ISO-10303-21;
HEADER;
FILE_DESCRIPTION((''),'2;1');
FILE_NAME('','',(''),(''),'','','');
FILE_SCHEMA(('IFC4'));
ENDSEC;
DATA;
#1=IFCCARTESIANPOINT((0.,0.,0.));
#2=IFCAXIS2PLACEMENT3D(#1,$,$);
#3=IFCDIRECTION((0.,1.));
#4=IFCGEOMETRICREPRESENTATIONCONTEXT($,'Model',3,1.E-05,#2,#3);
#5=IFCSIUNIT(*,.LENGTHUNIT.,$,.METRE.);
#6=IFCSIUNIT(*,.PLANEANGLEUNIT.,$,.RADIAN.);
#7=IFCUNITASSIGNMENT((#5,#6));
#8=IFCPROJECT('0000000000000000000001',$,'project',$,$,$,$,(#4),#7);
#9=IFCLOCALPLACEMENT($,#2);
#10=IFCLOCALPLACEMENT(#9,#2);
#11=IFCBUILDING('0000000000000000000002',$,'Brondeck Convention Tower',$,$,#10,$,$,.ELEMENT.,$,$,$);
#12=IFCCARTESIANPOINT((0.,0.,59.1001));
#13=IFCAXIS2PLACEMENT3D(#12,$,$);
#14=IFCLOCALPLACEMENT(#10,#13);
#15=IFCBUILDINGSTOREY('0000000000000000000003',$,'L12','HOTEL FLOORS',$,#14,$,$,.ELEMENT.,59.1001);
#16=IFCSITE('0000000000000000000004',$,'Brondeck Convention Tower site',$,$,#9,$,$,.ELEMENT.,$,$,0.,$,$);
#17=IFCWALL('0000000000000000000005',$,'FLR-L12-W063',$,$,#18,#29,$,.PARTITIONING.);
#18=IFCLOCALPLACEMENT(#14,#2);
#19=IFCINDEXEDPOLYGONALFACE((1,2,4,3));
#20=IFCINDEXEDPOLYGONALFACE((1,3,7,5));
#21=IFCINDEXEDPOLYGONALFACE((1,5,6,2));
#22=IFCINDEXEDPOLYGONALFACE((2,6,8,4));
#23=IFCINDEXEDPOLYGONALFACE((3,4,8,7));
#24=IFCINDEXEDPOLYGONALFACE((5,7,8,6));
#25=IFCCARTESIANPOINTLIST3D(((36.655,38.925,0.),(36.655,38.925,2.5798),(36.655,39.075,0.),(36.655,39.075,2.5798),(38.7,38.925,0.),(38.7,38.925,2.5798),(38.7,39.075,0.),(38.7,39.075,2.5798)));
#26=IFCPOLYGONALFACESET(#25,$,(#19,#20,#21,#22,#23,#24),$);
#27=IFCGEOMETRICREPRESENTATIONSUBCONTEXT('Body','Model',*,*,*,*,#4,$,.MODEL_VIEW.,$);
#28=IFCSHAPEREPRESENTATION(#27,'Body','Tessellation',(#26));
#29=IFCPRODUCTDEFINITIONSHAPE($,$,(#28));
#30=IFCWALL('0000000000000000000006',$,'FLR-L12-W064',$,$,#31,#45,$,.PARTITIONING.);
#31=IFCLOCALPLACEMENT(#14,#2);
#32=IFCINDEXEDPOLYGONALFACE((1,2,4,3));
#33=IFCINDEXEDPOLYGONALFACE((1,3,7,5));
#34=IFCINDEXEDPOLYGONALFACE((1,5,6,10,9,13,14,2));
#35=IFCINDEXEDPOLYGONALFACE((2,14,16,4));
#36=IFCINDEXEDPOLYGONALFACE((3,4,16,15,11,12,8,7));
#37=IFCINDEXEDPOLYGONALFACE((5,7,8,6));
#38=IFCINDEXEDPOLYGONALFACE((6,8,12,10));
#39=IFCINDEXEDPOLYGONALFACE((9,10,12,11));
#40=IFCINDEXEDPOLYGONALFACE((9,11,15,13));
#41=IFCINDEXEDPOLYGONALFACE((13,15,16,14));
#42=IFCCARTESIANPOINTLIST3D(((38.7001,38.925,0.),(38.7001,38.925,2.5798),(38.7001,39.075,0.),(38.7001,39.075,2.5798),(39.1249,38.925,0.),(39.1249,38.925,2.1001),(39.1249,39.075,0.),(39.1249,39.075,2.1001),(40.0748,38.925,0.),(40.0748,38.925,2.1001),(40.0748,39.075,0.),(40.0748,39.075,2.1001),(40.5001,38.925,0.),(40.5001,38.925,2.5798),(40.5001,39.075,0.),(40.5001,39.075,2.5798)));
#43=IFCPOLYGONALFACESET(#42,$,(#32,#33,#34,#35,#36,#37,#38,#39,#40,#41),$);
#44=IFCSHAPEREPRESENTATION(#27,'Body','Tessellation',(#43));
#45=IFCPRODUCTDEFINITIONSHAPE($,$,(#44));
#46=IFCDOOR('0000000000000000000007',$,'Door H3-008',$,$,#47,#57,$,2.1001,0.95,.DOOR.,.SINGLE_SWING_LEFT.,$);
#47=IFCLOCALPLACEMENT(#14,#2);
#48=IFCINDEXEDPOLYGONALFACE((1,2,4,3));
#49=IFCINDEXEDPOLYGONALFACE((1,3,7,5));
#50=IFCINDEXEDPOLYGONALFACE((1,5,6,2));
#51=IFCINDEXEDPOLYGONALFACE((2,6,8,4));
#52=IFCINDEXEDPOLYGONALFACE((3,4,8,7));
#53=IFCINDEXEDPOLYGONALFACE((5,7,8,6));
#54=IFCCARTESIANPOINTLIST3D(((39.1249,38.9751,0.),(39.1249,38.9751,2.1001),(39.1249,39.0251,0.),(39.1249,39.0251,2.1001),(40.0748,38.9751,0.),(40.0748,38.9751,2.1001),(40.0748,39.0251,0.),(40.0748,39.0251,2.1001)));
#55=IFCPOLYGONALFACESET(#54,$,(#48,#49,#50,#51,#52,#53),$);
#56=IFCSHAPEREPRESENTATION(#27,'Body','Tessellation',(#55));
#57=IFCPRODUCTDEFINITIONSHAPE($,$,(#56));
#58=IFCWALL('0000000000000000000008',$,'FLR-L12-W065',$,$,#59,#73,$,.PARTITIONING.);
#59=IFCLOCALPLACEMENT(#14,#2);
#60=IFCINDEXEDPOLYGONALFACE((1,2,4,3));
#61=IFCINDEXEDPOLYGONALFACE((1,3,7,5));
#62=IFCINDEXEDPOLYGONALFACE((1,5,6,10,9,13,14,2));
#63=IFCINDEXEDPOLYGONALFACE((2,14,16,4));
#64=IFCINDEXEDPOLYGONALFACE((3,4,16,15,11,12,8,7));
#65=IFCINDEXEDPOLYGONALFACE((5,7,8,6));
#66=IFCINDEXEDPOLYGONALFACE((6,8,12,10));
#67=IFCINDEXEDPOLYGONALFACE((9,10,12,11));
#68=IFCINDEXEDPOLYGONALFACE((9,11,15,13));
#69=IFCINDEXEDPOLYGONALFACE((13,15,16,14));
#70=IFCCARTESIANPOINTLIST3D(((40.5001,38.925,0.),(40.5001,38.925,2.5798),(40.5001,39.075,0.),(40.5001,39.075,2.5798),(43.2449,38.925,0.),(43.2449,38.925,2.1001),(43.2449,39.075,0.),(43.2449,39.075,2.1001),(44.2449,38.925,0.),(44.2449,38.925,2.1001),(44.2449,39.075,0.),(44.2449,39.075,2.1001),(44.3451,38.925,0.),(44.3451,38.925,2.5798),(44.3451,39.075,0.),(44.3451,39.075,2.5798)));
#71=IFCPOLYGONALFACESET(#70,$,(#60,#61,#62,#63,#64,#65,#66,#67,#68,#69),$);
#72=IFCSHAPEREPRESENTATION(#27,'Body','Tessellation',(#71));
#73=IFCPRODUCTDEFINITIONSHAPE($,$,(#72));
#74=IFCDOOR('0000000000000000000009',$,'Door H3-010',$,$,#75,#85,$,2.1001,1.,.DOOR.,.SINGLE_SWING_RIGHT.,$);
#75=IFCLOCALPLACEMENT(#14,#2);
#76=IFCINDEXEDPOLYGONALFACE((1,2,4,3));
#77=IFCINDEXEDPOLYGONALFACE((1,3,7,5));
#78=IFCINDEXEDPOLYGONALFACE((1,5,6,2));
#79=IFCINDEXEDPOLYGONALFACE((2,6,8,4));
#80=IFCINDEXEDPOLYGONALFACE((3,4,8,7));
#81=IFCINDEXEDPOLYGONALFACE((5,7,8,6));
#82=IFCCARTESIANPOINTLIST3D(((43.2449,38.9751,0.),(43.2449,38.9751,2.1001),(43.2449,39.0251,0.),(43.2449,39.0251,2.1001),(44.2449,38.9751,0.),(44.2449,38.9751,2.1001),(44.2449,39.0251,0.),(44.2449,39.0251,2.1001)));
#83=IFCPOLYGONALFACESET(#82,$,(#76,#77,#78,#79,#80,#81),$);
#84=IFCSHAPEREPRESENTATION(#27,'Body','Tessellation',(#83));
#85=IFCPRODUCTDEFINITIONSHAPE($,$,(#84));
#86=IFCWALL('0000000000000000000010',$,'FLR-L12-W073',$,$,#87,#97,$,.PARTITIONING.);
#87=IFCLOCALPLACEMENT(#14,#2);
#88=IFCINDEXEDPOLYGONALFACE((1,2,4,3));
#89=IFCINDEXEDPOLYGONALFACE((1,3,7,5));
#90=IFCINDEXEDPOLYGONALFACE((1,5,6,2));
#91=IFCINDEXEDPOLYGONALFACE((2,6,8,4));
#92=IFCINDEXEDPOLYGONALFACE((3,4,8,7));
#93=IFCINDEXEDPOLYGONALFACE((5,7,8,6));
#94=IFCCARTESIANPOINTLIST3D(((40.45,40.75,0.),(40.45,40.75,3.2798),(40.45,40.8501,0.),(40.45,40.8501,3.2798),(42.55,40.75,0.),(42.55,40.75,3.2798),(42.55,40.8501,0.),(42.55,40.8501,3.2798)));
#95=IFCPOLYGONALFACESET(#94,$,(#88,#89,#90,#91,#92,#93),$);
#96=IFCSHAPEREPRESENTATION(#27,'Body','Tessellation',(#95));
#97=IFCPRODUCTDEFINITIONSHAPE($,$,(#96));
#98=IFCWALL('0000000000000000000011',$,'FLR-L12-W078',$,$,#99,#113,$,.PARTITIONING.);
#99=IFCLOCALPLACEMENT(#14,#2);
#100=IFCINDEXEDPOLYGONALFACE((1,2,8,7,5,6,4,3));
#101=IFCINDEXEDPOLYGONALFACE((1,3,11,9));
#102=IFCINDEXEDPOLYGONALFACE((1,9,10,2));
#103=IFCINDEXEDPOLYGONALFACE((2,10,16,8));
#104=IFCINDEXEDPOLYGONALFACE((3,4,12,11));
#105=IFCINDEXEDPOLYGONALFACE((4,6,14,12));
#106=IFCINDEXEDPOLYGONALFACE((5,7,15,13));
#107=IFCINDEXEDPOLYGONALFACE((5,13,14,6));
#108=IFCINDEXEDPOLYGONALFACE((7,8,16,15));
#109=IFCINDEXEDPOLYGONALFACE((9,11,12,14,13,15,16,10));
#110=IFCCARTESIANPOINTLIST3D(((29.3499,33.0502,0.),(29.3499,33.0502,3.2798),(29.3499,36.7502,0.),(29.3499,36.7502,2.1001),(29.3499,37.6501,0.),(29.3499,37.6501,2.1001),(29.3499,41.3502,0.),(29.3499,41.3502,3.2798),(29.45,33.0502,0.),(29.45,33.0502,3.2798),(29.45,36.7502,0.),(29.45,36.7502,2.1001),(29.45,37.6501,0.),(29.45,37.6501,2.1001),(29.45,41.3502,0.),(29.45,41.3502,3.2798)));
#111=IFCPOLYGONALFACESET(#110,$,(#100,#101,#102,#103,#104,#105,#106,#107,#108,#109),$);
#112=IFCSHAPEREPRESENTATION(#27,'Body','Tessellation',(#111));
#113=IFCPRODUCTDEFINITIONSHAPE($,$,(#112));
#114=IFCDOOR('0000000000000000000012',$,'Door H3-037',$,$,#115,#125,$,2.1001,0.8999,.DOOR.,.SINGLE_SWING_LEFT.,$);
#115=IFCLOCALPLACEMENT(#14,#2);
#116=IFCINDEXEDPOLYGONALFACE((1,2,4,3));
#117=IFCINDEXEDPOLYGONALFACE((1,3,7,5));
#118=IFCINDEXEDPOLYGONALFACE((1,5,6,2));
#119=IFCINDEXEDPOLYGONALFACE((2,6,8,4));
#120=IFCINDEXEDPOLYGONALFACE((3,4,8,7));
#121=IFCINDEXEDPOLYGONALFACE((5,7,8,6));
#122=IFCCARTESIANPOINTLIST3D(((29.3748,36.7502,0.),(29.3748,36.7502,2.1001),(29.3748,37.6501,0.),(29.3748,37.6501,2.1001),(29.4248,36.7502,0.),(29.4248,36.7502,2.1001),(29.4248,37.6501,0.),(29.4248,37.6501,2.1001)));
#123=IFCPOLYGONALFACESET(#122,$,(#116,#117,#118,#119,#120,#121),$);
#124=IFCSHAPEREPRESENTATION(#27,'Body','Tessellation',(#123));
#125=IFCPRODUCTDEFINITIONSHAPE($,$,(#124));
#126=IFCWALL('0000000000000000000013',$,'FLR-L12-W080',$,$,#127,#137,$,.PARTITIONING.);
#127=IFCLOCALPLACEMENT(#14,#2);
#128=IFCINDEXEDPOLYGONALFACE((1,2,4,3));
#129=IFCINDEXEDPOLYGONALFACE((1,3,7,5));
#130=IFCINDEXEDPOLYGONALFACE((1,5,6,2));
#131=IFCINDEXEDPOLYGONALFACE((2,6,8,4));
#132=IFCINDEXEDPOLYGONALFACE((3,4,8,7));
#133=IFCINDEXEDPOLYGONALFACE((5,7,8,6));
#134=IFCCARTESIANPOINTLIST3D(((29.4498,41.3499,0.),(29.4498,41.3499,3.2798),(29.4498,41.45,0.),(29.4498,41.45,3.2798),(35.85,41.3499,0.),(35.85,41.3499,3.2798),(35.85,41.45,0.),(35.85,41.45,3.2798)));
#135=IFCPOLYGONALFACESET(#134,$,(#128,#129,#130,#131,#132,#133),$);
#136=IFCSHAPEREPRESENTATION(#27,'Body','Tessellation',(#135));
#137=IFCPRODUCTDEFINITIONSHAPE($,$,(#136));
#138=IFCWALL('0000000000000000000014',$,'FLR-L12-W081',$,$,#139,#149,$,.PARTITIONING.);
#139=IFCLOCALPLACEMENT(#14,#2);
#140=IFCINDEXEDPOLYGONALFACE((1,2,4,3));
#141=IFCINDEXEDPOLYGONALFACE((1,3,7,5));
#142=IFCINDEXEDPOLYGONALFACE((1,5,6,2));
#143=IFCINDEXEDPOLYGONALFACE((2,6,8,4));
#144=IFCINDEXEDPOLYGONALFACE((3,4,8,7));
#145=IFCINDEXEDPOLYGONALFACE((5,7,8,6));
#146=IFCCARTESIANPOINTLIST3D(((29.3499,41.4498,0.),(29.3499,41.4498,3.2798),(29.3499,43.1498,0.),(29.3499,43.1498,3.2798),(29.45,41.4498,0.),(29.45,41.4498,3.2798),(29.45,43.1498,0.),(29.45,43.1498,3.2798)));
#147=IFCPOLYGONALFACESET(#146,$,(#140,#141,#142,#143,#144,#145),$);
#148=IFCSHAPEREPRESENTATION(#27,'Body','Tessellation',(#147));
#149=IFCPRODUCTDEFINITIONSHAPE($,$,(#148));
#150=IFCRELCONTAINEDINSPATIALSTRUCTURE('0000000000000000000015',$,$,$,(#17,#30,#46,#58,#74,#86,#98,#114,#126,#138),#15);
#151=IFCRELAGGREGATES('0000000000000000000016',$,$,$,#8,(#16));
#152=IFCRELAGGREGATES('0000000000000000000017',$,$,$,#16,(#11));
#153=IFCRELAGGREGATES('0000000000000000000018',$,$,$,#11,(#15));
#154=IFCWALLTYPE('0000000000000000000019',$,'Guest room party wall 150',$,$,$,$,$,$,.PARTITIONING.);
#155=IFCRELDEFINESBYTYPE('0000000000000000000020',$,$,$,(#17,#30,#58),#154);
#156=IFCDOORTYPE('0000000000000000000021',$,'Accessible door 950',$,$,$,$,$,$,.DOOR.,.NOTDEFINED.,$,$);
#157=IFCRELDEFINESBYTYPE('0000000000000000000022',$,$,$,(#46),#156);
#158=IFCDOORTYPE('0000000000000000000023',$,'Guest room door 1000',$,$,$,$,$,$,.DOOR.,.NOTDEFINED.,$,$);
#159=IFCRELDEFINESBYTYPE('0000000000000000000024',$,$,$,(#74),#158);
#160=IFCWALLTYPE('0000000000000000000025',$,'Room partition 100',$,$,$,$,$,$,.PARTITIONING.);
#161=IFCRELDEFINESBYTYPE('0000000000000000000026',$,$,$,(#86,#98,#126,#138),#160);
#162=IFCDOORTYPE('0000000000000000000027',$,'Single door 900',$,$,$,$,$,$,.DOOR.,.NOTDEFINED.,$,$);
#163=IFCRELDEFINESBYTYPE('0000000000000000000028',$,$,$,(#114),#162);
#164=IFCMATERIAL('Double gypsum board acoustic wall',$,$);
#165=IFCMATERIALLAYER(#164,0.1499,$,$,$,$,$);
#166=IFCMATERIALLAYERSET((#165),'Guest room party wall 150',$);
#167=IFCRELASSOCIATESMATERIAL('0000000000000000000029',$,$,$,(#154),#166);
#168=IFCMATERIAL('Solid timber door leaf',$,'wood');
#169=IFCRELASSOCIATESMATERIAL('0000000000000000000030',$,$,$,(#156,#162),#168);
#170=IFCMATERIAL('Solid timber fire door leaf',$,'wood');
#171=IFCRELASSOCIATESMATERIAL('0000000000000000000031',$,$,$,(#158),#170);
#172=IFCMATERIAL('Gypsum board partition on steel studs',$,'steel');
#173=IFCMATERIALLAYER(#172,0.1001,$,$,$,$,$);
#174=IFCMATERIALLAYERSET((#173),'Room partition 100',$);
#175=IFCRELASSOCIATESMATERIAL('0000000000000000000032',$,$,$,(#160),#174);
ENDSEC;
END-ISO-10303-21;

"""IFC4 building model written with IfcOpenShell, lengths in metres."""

from ifc_helpers import new_model, si_unit, direction, frame, frame_2d, origin, place, context, subcontext, project, spatial, rectangle, extrude, material, layer, layer_set, type_object, element, fill, save


model = new_model("IFC4")

# Units and contexts
model_context = context("Model", 3, precision=1e-05, world=origin(), true_north=direction((0.0, 1.0)))
body_context = subcontext(model_context, "Body", "Model", "MODEL_VIEW")
ifc_project = project(units=[si_unit("LENGTHUNIT", "METRE"), si_unit("PLANEANGLEUNIT", "RADIAN")], contexts=[model_context])

# Site, building, storey
site_placement = place(None, origin())
site = spatial("IfcSite", under=ifc_project, at=site_placement, Name="Brondeck Convention Tower site", CompositionType="ELEMENT", RefElevation=0.0)
building_placement = place(site_placement, origin())
building = spatial("IfcBuilding", under=site, at=building_placement, Name="Brondeck Convention Tower", CompositionType="ELEMENT")
storey_placement = place(building_placement, frame((0.0, 0.0, 59.1001)))
storey = spatial("IfcBuildingStorey", under=building, at=storey_placement, Name="L12", Description="HOTEL FLOORS", CompositionType="ELEMENT", Elevation=59.1001)

# Wall
ifc_material_1 = material(Name="Double gypsum board acoustic wall")
ifc_layer_1 = layer(ifc_material_1, 0.1499)
ifc_layer_set_1 = layer_set([ifc_layer_1], Name="Guest room party wall 150")
wall_type_1 = type_object("IfcWallType", Name="Guest room party wall 150", PredefinedType="PARTITIONING", material=ifc_layer_set_1)
wall_1_placement = place(storey_placement, frame((38.7, 39.0, 0.0), z_axis=(0.0, 0.0, 1.0), x_axis=(-1.0, 0.0, 0.0)))
element("IfcWall", 1, at=wall_1_placement, inside=storey, type_object=wall_type_1, Name="FLR-L12-W063", PredefinedType="PARTITIONING", context=body_context, shape_type="SweptSolid", body=[
    extrude(rectangle(XDim=2.0449, YDim=0.1499, at=frame_2d((1.0225, 0.0))), origin(), (0.0, 0.0, 1.0), 2.5798),
])

# Walls, openings, doors
wall_2_placement = place(storey_placement, frame((40.5, 39.0, 0.0), z_axis=(0.0, 0.0, 1.0), x_axis=(-1.0, 0.0, 0.0)))
wall_2 = element("IfcWall", 2, at=wall_2_placement, inside=storey, type_object=wall_type_1, Name="FLR-L12-W064", PredefinedType="PARTITIONING", context=body_context, shape_type="SweptSolid", body=[
    extrude(rectangle(XDim=1.8, YDim=0.1499, at=frame_2d((0.8999, 0.0))), origin(), (0.0, 0.0, 1.0), 2.5798),
])
opening_1_placement = place(wall_2_placement, frame((0.425, 0.0, 0.0)))
opening_1 = element("IfcOpeningElement", 3, at=opening_1_placement, cuts=wall_2, PredefinedType="OPENING", context=body_context, shape_type="SweptSolid", body=[
    extrude(rectangle(XDim=0.95, YDim=2.1001, at=frame_2d((0.4751, 1.05))), frame((0.0, 0.085, 0.0), z_axis=(0.0, -1.0, 0.0), x_axis=(1.0, 0.0, 0.0)), (0.0, 0.0, 1.0), 0.1699),
])
ifc_material_2 = material(Name="Solid timber door leaf", Category="wood")
door_type_1 = type_object("IfcDoorType", Name="Accessible door 950", OperationType="NOTDEFINED", PredefinedType="DOOR", material=ifc_material_2)
door_1_placement = place(opening_1_placement, origin())
door_1 = element("IfcDoor", 4, at=door_1_placement, inside=storey, type_object=door_type_1, Name="Door H3-008", OperationType="SINGLE_SWING_LEFT", OverallHeight=2.1001, OverallWidth=0.95, PredefinedType="DOOR", context=body_context, shape_type="SweptSolid", body=[
    extrude(rectangle(XDim=0.95, YDim=2.1001, at=frame_2d((0.4751, 1.05))), frame((0.0, 0.0249, 0.0), z_axis=(0.0, -1.0, 0.0), x_axis=(1.0, 0.0, 0.0)), (0.0, 0.0, 1.0), 0.05),
])
fill(opening_1, door_1)
wall_3_placement = place(storey_placement, frame((44.345, 39.0, 0.0), z_axis=(0.0, 0.0, 1.0), x_axis=(-1.0, 0.0, 0.0)))
wall_3 = element("IfcWall", 5, at=wall_3_placement, inside=storey, type_object=wall_type_1, Name="FLR-L12-W065", PredefinedType="PARTITIONING", context=body_context, shape_type="SweptSolid", body=[
    extrude(rectangle(XDim=3.845, YDim=0.1499, at=frame_2d((1.9224, 0.0))), origin(), (0.0, 0.0, 1.0), 2.5798),
])
opening_2_placement = place(wall_3_placement, frame((0.1001, 0.0, 0.0)))
opening_2 = element("IfcOpeningElement", 6, at=opening_2_placement, cuts=wall_3, PredefinedType="OPENING", context=body_context, shape_type="SweptSolid", body=[
    extrude(rectangle(XDim=1.0, YDim=2.1001, at=frame_2d((0.5, 1.05))), frame((0.0, 0.085, 0.0), z_axis=(0.0, -1.0, 0.0), x_axis=(1.0, 0.0, 0.0)), (0.0, 0.0, 1.0), 0.1699),
])
ifc_material_3 = material(Name="Solid timber fire door leaf", Category="wood")
door_type_2 = type_object("IfcDoorType", Name="Guest room door 1000", OperationType="NOTDEFINED", PredefinedType="DOOR", material=ifc_material_3)
door_2_placement = place(opening_2_placement, origin())
door_2 = element("IfcDoor", 7, at=door_2_placement, inside=storey, type_object=door_type_2, Name="Door H3-010", OperationType="SINGLE_SWING_RIGHT", OverallHeight=2.1001, OverallWidth=1.0, PredefinedType="DOOR", context=body_context, shape_type="SweptSolid", body=[
    extrude(rectangle(XDim=1.0, YDim=2.1001, at=frame_2d((0.5, 1.05))), frame((0.0, 0.0249, 0.0), z_axis=(0.0, -1.0, 0.0), x_axis=(1.0, 0.0, 0.0)), (0.0, 0.0, 1.0), 0.05),
])
fill(opening_2, door_2)

# Wall
ifc_material_4 = material(Name="Gypsum board partition on steel studs", Category="steel")
ifc_layer_2 = layer(ifc_material_4, 0.1001)
ifc_layer_set_2 = layer_set([ifc_layer_2], Name="Room partition 100")
wall_type_2 = type_object("IfcWallType", Name="Room partition 100", PredefinedType="PARTITIONING", material=ifc_layer_set_2)
wall_4_placement = place(storey_placement, frame((40.45, 40.8, 0.0), z_axis=(0.0, 0.0, 1.0), x_axis=(1.0, 0.0, 0.0)))
element("IfcWall", 8, at=wall_4_placement, inside=storey, type_object=wall_type_2, Name="FLR-L12-W073", PredefinedType="PARTITIONING", context=body_context, shape_type="SweptSolid", body=[
    extrude(rectangle(XDim=2.1001, YDim=0.1001, at=frame_2d((1.05, 0.0))), origin(), (0.0, 0.0, 1.0), 3.2798),
])

# Wall, opening, door
wall_5_placement = place(storey_placement, frame((29.3999, 41.3501, 0.0), z_axis=(0.0, 0.0, 1.0), x_axis=(0.0, -1.0, 0.0)))
wall_5 = element("IfcWall", 9, at=wall_5_placement, inside=storey, type_object=wall_type_2, Name="FLR-L12-W078", PredefinedType="PARTITIONING", context=body_context, shape_type="SweptSolid", body=[
    extrude(rectangle(XDim=8.3, YDim=0.1001, at=frame_2d((4.1499, 0.0))), origin(), (0.0, 0.0, 1.0), 3.2798),
])
opening_3_placement = place(wall_5_placement, frame((3.7, 0.0, 0.0)))
opening_3 = element("IfcOpeningElement", 10, at=opening_3_placement, cuts=wall_5, PredefinedType="OPENING", context=body_context, shape_type="SweptSolid", body=[
    extrude(rectangle(XDim=0.8999, YDim=2.1001, at=frame_2d((0.45, 1.05))), frame((0.0, 0.0601, 0.0), z_axis=(0.0, -1.0, 0.0), x_axis=(1.0, 0.0, 0.0)), (0.0, 0.0, 1.0), 0.1201),
])
door_type_3 = type_object("IfcDoorType", Name="Single door 900", OperationType="NOTDEFINED", PredefinedType="DOOR", material=ifc_material_2)
door_3_placement = place(opening_3_placement, origin())
door_3 = element("IfcDoor", 11, at=door_3_placement, inside=storey, type_object=door_type_3, Name="Door H3-037", OperationType="SINGLE_SWING_LEFT", OverallHeight=2.1001, OverallWidth=0.8999, PredefinedType="DOOR", context=body_context, shape_type="SweptSolid", body=[
    extrude(rectangle(XDim=0.8999, YDim=2.1001, at=frame_2d((0.45, 1.05))), frame((0.0, 0.0249, 0.0), z_axis=(0.0, -1.0, 0.0), x_axis=(1.0, 0.0, 0.0)), (0.0, 0.0, 1.0), 0.05),
])
fill(opening_3, door_3)

# Walls
wall_6_placement = place(storey_placement, frame((35.8501, 41.3999, 0.0), z_axis=(0.0, 0.0, 1.0), x_axis=(-1.0, 0.0, 0.0)))
element("IfcWall", 12, at=wall_6_placement, inside=storey, type_object=wall_type_2, Name="FLR-L12-W080", PredefinedType="PARTITIONING", context=body_context, shape_type="SweptSolid", body=[
    extrude(rectangle(XDim=6.4001, YDim=0.1001, at=frame_2d((3.2002, 0.0))), origin(), (0.0, 0.0, 1.0), 3.2798),
])
wall_7_placement = place(storey_placement, frame((29.3999, 43.1499, 0.0), z_axis=(0.0, 0.0, 1.0), x_axis=(0.0, -1.0, 0.0)))
element("IfcWall", 13, at=wall_7_placement, inside=storey, type_object=wall_type_2, Name="FLR-L12-W081", PredefinedType="PARTITIONING", context=body_context, shape_type="SweptSolid", body=[
    extrude(rectangle(XDim=1.7, YDim=0.1001, at=frame_2d((0.8501, 0.0))), origin(), (0.0, 0.0, 1.0), 3.2798),
])

save(model, "model.ifc")
